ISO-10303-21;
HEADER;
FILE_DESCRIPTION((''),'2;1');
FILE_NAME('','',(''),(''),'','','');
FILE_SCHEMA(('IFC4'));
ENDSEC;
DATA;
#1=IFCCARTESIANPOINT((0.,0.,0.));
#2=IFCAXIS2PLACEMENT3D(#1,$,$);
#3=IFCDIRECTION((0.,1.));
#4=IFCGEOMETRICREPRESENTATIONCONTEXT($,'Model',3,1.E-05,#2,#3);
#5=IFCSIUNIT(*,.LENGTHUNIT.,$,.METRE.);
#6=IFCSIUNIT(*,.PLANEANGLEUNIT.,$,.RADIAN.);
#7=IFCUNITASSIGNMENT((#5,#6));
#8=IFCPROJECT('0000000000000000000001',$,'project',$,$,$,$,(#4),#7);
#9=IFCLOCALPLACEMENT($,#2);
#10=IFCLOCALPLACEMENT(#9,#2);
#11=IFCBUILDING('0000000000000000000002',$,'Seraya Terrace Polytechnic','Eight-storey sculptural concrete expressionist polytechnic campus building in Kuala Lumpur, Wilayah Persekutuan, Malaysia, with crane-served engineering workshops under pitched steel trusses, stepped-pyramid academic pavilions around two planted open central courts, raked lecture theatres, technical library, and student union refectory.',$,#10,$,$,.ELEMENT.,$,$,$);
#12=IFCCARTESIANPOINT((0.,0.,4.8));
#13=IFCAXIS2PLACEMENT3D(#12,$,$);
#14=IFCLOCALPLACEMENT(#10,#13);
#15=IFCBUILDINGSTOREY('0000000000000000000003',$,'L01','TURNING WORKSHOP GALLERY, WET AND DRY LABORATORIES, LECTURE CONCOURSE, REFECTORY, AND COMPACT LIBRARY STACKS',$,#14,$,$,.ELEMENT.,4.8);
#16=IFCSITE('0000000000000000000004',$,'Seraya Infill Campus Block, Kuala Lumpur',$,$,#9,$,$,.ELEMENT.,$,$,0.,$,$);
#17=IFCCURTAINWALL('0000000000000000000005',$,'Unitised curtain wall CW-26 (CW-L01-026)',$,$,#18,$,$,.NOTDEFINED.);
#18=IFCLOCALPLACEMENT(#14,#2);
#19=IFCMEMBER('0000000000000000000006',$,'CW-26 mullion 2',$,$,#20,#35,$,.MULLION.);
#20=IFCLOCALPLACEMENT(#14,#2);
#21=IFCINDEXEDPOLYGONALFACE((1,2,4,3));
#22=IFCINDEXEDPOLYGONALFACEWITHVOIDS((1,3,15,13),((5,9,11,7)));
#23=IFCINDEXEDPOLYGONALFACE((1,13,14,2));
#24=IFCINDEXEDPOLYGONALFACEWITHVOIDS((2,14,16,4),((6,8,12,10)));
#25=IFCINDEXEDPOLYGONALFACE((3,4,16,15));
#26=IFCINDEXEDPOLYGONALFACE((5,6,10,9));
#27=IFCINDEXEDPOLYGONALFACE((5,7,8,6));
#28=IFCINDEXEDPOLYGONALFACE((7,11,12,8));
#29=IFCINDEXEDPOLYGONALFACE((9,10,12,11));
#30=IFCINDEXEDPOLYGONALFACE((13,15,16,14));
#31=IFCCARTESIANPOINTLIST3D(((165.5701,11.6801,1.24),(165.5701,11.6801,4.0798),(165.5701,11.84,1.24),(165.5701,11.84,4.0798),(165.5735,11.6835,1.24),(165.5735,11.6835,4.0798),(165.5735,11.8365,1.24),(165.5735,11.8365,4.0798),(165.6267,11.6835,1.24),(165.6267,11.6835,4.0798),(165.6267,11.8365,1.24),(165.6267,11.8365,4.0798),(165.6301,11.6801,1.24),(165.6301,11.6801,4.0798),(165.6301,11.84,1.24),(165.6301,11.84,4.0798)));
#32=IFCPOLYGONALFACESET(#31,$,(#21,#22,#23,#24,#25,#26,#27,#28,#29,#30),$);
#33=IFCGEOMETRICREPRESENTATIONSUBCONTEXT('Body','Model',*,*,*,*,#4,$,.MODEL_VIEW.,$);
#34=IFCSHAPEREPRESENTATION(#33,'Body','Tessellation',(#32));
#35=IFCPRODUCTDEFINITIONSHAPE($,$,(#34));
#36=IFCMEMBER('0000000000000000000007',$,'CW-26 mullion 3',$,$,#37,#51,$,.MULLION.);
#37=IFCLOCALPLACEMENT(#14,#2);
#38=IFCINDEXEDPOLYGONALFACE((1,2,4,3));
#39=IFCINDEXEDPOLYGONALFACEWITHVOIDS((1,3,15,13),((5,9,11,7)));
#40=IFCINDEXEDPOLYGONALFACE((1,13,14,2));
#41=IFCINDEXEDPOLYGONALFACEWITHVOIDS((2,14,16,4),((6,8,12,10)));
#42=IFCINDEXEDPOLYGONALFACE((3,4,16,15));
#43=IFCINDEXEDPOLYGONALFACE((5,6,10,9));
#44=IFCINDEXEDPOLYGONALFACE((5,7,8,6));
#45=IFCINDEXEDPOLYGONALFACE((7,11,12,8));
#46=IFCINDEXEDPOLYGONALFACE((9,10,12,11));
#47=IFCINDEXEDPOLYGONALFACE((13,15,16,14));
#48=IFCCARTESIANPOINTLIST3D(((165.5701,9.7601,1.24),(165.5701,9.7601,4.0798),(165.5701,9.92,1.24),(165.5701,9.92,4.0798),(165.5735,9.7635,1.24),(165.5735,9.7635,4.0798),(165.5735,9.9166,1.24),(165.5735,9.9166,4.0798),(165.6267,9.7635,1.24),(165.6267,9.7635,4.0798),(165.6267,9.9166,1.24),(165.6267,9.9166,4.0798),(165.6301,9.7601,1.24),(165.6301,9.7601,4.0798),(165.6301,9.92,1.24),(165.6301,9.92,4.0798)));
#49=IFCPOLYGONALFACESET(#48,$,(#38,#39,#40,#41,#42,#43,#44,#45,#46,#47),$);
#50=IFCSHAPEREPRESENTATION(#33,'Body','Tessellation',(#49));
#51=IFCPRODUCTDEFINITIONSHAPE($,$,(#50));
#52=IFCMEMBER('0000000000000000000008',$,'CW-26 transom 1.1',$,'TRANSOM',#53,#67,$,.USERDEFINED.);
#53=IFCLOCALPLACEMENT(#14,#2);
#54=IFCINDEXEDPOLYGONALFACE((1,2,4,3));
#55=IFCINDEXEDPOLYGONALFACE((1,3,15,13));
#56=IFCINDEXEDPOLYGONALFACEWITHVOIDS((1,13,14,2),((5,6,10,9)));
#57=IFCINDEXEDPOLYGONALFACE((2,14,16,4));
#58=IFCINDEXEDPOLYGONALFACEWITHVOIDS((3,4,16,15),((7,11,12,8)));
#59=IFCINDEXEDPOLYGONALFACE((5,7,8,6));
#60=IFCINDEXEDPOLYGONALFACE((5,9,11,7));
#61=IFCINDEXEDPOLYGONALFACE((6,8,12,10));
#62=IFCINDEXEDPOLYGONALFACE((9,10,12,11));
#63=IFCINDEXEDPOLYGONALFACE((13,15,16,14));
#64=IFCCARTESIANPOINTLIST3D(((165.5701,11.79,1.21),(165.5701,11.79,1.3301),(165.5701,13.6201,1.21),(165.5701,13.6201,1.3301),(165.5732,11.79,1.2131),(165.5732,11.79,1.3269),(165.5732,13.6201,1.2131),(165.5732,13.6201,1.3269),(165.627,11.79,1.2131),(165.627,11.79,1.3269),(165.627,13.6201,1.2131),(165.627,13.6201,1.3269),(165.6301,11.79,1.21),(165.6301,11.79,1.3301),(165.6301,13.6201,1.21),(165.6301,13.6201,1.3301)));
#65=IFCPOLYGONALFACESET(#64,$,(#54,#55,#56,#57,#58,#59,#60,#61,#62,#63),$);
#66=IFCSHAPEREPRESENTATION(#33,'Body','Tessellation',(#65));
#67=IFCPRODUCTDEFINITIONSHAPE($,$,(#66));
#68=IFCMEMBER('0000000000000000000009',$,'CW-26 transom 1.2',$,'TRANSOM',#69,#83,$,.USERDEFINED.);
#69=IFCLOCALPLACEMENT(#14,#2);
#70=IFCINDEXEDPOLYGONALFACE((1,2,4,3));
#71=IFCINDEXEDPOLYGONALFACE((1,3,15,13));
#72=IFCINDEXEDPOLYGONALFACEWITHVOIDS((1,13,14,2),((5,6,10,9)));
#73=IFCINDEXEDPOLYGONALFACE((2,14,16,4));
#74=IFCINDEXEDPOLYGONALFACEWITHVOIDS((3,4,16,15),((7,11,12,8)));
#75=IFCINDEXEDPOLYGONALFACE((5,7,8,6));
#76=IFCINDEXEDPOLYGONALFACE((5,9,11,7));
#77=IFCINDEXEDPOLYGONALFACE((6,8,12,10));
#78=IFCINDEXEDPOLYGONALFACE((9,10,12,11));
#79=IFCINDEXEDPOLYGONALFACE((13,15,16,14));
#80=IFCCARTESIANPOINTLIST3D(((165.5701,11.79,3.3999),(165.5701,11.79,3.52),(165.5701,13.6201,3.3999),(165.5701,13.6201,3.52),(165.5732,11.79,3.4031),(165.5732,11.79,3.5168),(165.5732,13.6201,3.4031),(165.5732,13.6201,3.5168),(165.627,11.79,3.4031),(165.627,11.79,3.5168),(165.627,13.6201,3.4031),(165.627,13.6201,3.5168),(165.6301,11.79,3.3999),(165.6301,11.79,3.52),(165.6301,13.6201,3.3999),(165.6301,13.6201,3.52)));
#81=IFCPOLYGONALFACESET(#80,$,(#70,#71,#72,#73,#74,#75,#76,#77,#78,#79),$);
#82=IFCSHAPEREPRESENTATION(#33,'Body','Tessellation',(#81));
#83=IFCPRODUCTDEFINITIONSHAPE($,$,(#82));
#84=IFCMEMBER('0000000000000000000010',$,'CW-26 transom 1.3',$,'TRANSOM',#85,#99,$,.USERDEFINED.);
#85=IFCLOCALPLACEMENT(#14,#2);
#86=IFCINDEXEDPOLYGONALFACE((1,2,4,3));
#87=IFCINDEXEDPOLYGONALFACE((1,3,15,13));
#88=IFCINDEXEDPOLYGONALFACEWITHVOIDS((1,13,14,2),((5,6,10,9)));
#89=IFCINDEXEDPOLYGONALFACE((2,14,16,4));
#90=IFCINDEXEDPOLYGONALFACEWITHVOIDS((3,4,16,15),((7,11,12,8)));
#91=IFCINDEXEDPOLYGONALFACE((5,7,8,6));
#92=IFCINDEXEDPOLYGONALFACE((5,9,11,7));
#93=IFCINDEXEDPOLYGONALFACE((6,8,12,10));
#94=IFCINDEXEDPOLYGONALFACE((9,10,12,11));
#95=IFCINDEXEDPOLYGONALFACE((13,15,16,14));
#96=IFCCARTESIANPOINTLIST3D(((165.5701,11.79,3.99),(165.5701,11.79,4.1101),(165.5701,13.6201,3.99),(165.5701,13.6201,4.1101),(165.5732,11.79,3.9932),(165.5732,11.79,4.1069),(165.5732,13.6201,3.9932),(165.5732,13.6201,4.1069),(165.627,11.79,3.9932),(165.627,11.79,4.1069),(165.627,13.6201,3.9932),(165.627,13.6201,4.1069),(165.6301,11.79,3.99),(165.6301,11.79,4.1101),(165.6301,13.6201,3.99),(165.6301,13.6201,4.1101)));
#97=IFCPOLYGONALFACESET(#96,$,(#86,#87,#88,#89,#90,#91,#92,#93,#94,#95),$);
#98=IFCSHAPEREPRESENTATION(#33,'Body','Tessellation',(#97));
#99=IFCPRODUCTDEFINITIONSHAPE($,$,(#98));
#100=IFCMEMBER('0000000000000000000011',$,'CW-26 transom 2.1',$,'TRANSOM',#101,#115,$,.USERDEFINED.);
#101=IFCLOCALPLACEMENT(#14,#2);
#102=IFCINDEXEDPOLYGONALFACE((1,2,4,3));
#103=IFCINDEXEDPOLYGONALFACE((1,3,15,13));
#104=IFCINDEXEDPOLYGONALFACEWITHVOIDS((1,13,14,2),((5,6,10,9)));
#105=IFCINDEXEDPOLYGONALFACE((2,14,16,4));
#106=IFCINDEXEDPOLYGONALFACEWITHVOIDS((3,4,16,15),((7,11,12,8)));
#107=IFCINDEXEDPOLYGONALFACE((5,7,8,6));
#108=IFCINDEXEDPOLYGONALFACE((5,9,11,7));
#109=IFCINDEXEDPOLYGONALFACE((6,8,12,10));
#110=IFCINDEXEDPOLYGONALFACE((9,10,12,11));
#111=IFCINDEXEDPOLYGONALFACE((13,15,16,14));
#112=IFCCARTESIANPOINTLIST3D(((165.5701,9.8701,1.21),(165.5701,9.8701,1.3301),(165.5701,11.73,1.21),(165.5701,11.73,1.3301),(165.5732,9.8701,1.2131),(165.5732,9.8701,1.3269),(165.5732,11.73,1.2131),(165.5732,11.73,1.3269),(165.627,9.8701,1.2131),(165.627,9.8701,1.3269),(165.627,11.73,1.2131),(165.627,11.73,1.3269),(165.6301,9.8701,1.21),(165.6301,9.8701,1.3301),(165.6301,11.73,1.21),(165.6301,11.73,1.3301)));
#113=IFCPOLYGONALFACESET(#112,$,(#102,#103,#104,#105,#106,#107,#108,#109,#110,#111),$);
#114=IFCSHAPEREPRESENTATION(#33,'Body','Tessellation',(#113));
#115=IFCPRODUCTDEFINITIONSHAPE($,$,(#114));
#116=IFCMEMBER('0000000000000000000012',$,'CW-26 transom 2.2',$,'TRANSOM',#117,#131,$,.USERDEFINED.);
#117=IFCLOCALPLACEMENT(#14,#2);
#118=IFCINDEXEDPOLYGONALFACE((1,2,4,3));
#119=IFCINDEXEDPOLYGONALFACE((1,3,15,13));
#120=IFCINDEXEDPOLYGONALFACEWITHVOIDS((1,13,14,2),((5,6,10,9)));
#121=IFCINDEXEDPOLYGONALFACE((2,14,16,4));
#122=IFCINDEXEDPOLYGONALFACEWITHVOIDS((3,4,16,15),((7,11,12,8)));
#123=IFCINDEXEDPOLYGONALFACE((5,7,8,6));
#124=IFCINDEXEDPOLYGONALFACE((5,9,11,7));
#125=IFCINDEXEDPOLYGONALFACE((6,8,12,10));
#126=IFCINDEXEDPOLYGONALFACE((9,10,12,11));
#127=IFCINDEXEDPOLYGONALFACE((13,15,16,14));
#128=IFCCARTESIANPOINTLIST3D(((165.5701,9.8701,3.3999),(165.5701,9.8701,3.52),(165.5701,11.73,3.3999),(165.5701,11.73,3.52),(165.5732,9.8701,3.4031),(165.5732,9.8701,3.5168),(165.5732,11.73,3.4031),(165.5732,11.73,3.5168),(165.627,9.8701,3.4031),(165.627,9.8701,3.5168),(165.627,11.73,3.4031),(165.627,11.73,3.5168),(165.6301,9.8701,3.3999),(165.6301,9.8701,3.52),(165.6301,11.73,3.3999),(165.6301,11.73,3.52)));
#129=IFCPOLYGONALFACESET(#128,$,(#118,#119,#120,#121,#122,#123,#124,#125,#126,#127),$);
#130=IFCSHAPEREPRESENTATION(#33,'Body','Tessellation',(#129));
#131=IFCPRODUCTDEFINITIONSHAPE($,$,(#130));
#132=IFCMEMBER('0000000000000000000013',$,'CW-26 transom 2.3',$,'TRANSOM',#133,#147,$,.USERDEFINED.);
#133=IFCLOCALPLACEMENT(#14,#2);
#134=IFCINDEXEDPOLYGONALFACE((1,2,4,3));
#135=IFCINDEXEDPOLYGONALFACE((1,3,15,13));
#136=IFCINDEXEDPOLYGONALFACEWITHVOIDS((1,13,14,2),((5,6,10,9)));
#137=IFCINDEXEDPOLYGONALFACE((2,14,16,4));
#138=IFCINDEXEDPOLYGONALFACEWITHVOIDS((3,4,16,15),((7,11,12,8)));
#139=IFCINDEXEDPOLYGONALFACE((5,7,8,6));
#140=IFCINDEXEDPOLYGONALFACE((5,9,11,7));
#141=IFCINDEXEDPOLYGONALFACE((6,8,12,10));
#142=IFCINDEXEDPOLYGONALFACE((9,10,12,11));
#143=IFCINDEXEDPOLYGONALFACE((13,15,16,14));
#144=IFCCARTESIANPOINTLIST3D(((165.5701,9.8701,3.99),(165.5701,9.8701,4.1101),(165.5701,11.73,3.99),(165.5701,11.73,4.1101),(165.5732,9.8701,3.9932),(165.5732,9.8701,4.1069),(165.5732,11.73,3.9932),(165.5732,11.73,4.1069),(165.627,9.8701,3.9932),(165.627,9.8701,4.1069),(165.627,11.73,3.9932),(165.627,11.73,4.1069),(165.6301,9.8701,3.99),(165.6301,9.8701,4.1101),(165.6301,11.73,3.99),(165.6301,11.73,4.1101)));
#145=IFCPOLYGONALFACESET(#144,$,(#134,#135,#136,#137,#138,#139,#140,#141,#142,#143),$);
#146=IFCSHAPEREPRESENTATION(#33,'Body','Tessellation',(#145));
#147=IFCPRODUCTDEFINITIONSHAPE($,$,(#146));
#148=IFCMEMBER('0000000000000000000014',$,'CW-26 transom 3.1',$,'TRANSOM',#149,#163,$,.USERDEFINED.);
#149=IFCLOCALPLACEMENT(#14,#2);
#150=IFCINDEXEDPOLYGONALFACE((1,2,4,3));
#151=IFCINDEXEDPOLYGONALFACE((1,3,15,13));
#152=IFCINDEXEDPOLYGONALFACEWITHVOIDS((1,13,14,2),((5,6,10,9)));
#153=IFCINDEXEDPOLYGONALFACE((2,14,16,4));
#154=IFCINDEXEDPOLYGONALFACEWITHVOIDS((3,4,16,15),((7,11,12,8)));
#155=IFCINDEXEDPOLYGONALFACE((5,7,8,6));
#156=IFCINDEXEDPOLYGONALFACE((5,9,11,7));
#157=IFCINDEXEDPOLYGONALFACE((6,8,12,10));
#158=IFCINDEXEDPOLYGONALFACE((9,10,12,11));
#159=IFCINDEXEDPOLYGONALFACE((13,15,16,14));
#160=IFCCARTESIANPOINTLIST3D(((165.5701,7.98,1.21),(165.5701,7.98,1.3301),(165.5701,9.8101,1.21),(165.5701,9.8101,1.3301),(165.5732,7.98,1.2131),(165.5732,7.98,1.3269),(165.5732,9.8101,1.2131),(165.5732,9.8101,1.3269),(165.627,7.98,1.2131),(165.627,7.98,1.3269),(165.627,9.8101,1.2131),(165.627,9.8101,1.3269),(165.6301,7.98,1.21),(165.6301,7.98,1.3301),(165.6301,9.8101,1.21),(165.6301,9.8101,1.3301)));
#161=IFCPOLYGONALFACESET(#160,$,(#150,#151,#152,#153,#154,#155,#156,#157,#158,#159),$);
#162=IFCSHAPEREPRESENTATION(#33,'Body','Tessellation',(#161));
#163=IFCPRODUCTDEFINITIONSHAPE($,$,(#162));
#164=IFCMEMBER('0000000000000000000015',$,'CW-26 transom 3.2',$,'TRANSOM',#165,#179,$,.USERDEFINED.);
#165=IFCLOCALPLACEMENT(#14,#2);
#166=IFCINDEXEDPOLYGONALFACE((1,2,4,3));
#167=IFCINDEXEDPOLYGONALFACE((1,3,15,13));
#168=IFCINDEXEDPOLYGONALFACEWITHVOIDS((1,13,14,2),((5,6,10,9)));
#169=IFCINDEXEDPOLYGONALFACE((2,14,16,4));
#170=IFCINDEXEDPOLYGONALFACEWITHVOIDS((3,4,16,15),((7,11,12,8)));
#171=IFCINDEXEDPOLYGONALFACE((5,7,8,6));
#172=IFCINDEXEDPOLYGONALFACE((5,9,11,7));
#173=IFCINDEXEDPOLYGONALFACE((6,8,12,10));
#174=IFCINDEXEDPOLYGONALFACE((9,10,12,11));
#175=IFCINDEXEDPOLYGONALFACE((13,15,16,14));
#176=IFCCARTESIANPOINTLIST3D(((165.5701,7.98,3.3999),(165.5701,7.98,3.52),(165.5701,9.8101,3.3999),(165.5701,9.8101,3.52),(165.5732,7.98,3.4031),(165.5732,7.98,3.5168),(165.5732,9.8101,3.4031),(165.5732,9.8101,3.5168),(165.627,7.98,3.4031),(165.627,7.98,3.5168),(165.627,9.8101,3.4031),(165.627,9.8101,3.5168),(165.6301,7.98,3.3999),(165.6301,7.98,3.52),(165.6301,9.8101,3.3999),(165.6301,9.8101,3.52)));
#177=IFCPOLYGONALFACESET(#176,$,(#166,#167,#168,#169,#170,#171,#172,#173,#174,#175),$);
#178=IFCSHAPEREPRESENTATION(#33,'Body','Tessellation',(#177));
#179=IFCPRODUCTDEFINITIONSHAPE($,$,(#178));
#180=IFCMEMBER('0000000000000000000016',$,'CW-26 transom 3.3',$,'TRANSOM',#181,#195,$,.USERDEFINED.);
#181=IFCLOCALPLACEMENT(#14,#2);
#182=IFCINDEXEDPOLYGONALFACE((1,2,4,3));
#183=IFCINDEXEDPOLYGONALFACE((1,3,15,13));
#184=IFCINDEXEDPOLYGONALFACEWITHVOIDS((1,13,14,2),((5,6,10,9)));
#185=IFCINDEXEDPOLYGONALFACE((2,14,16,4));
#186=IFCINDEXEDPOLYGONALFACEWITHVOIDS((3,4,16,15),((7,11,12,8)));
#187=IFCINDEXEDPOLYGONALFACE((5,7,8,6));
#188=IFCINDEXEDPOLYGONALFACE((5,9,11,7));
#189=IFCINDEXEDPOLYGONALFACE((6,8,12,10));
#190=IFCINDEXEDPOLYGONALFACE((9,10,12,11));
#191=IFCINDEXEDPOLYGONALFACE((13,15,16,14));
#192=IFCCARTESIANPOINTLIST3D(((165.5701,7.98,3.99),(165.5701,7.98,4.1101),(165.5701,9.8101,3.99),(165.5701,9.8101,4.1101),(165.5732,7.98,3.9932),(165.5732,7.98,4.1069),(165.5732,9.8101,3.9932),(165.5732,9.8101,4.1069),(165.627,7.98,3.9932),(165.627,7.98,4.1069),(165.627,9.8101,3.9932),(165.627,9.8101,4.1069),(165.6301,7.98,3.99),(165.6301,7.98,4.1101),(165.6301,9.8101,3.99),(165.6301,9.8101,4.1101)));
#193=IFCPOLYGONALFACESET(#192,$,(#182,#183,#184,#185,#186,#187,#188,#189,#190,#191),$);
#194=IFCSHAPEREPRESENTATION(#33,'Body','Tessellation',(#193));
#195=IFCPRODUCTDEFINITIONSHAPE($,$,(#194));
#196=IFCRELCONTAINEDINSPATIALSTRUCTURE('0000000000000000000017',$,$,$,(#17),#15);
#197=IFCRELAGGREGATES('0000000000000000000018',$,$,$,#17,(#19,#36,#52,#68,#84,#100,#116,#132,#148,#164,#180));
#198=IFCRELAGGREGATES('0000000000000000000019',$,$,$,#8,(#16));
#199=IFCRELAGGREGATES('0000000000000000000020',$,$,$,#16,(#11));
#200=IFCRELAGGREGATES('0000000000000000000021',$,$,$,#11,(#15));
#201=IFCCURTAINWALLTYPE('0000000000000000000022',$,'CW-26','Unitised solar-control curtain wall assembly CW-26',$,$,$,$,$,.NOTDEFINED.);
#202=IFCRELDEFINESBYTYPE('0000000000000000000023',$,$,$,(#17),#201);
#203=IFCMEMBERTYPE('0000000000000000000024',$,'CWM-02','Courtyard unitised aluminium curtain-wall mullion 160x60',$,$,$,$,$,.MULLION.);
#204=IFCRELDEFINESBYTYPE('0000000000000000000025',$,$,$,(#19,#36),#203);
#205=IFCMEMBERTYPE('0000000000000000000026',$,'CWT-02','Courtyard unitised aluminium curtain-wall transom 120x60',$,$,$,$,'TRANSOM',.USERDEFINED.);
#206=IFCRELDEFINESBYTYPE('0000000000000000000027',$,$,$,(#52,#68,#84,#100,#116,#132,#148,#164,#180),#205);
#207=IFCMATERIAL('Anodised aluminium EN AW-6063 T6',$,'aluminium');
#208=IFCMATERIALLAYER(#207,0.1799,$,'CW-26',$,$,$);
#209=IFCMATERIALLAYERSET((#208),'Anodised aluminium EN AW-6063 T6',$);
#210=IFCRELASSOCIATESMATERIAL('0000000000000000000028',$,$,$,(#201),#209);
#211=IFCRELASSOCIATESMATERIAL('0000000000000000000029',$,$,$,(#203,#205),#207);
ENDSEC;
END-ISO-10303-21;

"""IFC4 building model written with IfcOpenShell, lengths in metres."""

from ifc_helpers import new_model, si_unit, direction, frame, origin, origin_2d, place, context, subcontext, project, spatial, hollow_rectangle, extrude, material, layer, layer_set, material_profile, profile_set, type_object, element, aggregate, save


model = new_model("IFC4")

# Units and contexts
model_context = context("Model", 3, precision=1e-05, world=origin(), true_north=direction((0.0, 1.0)))
body_context = subcontext(model_context, "Body", "Model", "MODEL_VIEW")
ifc_project = project(units=[si_unit("LENGTHUNIT", "METRE"), si_unit("PLANEANGLEUNIT", "RADIAN")], contexts=[model_context])

# Site, building, storey
site_placement = place(None, origin())
site = spatial("IfcSite", under=ifc_project, at=site_placement, Name="Seraya Infill Campus Block, Kuala Lumpur", CompositionType="ELEMENT", RefElevation=0.0)
building_placement = place(site_placement, origin())
building = spatial("IfcBuilding", under=site, at=building_placement, Name="Seraya Terrace Polytechnic", Description="Eight-storey sculptural concrete expressionist polytechnic campus building in Kuala Lumpur, Wilayah Persekutuan, Malaysia, with crane-served engineering workshops under pitched steel trusses, stepped-pyramid academic pavilions around two planted open central courts, raked lecture theatres, technical library, and student union refectory.", CompositionType="ELEMENT")
storey_placement = place(building_placement, frame((0.0, 0.0, 4.8)))
storey = spatial("IfcBuildingStorey", under=building, at=storey_placement, Name="L01", Description="TURNING WORKSHOP GALLERY, WET AND DRY LABORATORIES, LECTURE CONCOURSE, REFECTORY, AND COMPACT LIBRARY STACKS", CompositionType="ELEMENT", Elevation=4.8)

# Curtain wall, members
ifc_material_1 = material(Name="Anodised aluminium EN AW-6063 T6", Category="aluminium")
ifc_layer_1 = layer(ifc_material_1, 0.1799, Name="CW-26")
ifc_layer_set_1 = layer_set([ifc_layer_1], Name="Anodised aluminium EN AW-6063 T6")
curtain_wall_type = type_object("IfcCurtainWallType", Name="CW-26", Description="Unitised solar-control curtain wall assembly CW-26", PredefinedType="NOTDEFINED", material=ifc_layer_set_1)
curtain_wall_placement = place(storey_placement, origin())
curtain_wall = element("IfcCurtainWall", 1, at=curtain_wall_placement, inside=storey, type_object=curtain_wall_type, Name="Unitised curtain wall CW-26 (CW-L01-026)", PredefinedType="NOTDEFINED")
ifc_material_profile_1 = material_profile(ifc_material_1, hollow_rectangle(XDim=0.0601, YDim=0.1599, WallThickness=0.0034, at=origin_2d()), Name="RHS 160x60x3.5")
ifc_profile_set_1 = profile_set([ifc_material_profile_1], Name="Anodised aluminium EN AW-6063 T6")
member_type_1 = type_object("IfcMemberType", Name="CWM-02", Description="Courtyard unitised aluminium curtain-wall mullion 160x60", PredefinedType="MULLION", material=ifc_profile_set_1)
member_1_placement = place(storey_placement, frame((165.6001, 11.76, 1.24), z_axis=(0.0, 0.0, 1.0), x_axis=(1.0, 0.0, 0.0)))
member_1 = element("IfcMember", 2, at=member_1_placement, type_object=member_type_1, Name="CW-26 mullion 2", PredefinedType="MULLION", context=body_context, shape_type="SweptSolid", body=[
    extrude(hollow_rectangle(XDim=0.0601, YDim=0.1599, WallThickness=0.0034, at=origin_2d()), origin(), (0.0, 0.0, 1.0), 2.8398),
])
member_2_placement = place(storey_placement, frame((165.6001, 9.8401, 1.24), z_axis=(0.0, 0.0, 1.0), x_axis=(1.0, 0.0, 0.0)))
member_2 = element("IfcMember", 3, at=member_2_placement, type_object=member_type_1, Name="CW-26 mullion 3", PredefinedType="MULLION", context=body_context, shape_type="SweptSolid", body=[
    extrude(hollow_rectangle(XDim=0.0601, YDim=0.1599, WallThickness=0.0034, at=origin_2d()), origin(), (0.0, 0.0, 1.0), 2.8398),
])
ifc_material_profile_2 = material_profile(ifc_material_1, hollow_rectangle(XDim=0.0601, YDim=0.1201, WallThickness=0.0032, at=origin_2d()), Name="RHS 120x60x3.2")
ifc_profile_set_2 = profile_set([ifc_material_profile_2], Name="Anodised aluminium EN AW-6063 T6")
member_type_2 = type_object("IfcMemberType", Name="CWT-02", Description="Courtyard unitised aluminium curtain-wall transom 120x60", ElementType="TRANSOM", PredefinedType="USERDEFINED", material=ifc_profile_set_2)
member_3_placement = place(storey_placement, frame((165.6001, 13.6201, 1.27), z_axis=(0.0, -1.0, 0.0), x_axis=(1.0, 0.0, 0.0)))
member_3 = element("IfcMember", 4, at=member_3_placement, type_object=member_type_2, Name="CW-26 transom 1.1", ObjectType="TRANSOM", PredefinedType="USERDEFINED", context=body_context, shape_type="SweptSolid", body=[
    extrude(hollow_rectangle(XDim=0.0601, YDim=0.1201, WallThickness=0.0032, at=origin_2d()), origin(), (0.0, 0.0, 1.0), 1.8301),
])
member_4_placement = place(storey_placement, frame((165.6001, 13.6201, 3.46), z_axis=(0.0, -1.0, 0.0), x_axis=(1.0, 0.0, 0.0)))
member_4 = element("IfcMember", 5, at=member_4_placement, type_object=member_type_2, Name="CW-26 transom 1.2", ObjectType="TRANSOM", PredefinedType="USERDEFINED", context=body_context, shape_type="SweptSolid", body=[
    extrude(hollow_rectangle(XDim=0.0601, YDim=0.1201, WallThickness=0.0032, at=origin_2d()), origin(), (0.0, 0.0, 1.0), 1.8301),
])
member_5_placement = place(storey_placement, frame((165.6001, 13.6201, 4.05), z_axis=(0.0, -1.0, 0.0), x_axis=(1.0, 0.0, 0.0)))
member_5 = element("IfcMember", 6, at=member_5_placement, type_object=member_type_2, Name="CW-26 transom 1.3", ObjectType="TRANSOM", PredefinedType="USERDEFINED", context=body_context, shape_type="SweptSolid", body=[
    extrude(hollow_rectangle(XDim=0.0601, YDim=0.1201, WallThickness=0.0032, at=origin_2d()), origin(), (0.0, 0.0, 1.0), 1.8301),
])
member_6_placement = place(storey_placement, frame((165.6001, 11.73, 1.27), z_axis=(0.0, -1.0, 0.0), x_axis=(1.0, 0.0, 0.0)))
member_6 = element("IfcMember", 7, at=member_6_placement, type_object=member_type_2, Name="CW-26 transom 2.1", ObjectType="TRANSOM", PredefinedType="USERDEFINED", context=body_context, shape_type="SweptSolid", body=[
    extrude(hollow_rectangle(XDim=0.0601, YDim=0.1201, WallThickness=0.0032, at=origin_2d()), origin(), (0.0, 0.0, 1.0), 1.8599),
])
member_7_placement = place(storey_placement, frame((165.6001, 11.73, 3.46), z_axis=(0.0, -1.0, 0.0), x_axis=(1.0, 0.0, 0.0)))
member_7 = element("IfcMember", 8, at=member_7_placement, type_object=member_type_2, Name="CW-26 transom 2.2", ObjectType="TRANSOM", PredefinedType="USERDEFINED", context=body_context, shape_type="SweptSolid", body=[
    extrude(hollow_rectangle(XDim=0.0601, YDim=0.1201, WallThickness=0.0032, at=origin_2d()), origin(), (0.0, 0.0, 1.0), 1.8599),
])
member_8_placement = place(storey_placement, frame((165.6001, 11.73, 4.05), z_axis=(0.0, -1.0, 0.0), x_axis=(1.0, 0.0, 0.0)))
member_8 = element("IfcMember", 9, at=member_8_placement, type_object=member_type_2, Name="CW-26 transom 2.3", ObjectType="TRANSOM", PredefinedType="USERDEFINED", context=body_context, shape_type="SweptSolid", body=[
    extrude(hollow_rectangle(XDim=0.0601, YDim=0.1201, WallThickness=0.0032, at=origin_2d()), origin(), (0.0, 0.0, 1.0), 1.8599),
])
member_9_placement = place(storey_placement, frame((165.6001, 9.8101, 1.27), z_axis=(0.0, -1.0, 0.0), x_axis=(1.0, 0.0, 0.0)))
member_9 = element("IfcMember", 10, at=member_9_placement, type_object=member_type_2, Name="CW-26 transom 3.1", ObjectType="TRANSOM", PredefinedType="USERDEFINED", context=body_context, shape_type="SweptSolid", body=[
    extrude(hollow_rectangle(XDim=0.0601, YDim=0.1201, WallThickness=0.0032, at=origin_2d()), origin(), (0.0, 0.0, 1.0), 1.8301),
])
member_10_placement = place(storey_placement, frame((165.6001, 9.8101, 3.46), z_axis=(0.0, -1.0, 0.0), x_axis=(1.0, 0.0, 0.0)))
member_10 = element("IfcMember", 11, at=member_10_placement, type_object=member_type_2, Name="CW-26 transom 3.2", ObjectType="TRANSOM", PredefinedType="USERDEFINED", context=body_context, shape_type="SweptSolid", body=[
    extrude(hollow_rectangle(XDim=0.0601, YDim=0.1201, WallThickness=0.0032, at=origin_2d()), origin(), (0.0, 0.0, 1.0), 1.8301),
])
member_11_placement = place(storey_placement, frame((165.6001, 9.8101, 4.05), z_axis=(0.0, -1.0, 0.0), x_axis=(1.0, 0.0, 0.0)))
member_11 = element("IfcMember", 12, at=member_11_placement, type_object=member_type_2, Name="CW-26 transom 3.3", ObjectType="TRANSOM", PredefinedType="USERDEFINED", context=body_context, shape_type="SweptSolid", body=[
    extrude(hollow_rectangle(XDim=0.0601, YDim=0.1201, WallThickness=0.0032, at=origin_2d()), origin(), (0.0, 0.0, 1.0), 1.8301),
])

aggregate(curtain_wall, [member_1, member_2, member_3, member_4, member_5, member_6, member_7, member_8, member_9, member_10, member_11])

save(model, "model.ifc")
